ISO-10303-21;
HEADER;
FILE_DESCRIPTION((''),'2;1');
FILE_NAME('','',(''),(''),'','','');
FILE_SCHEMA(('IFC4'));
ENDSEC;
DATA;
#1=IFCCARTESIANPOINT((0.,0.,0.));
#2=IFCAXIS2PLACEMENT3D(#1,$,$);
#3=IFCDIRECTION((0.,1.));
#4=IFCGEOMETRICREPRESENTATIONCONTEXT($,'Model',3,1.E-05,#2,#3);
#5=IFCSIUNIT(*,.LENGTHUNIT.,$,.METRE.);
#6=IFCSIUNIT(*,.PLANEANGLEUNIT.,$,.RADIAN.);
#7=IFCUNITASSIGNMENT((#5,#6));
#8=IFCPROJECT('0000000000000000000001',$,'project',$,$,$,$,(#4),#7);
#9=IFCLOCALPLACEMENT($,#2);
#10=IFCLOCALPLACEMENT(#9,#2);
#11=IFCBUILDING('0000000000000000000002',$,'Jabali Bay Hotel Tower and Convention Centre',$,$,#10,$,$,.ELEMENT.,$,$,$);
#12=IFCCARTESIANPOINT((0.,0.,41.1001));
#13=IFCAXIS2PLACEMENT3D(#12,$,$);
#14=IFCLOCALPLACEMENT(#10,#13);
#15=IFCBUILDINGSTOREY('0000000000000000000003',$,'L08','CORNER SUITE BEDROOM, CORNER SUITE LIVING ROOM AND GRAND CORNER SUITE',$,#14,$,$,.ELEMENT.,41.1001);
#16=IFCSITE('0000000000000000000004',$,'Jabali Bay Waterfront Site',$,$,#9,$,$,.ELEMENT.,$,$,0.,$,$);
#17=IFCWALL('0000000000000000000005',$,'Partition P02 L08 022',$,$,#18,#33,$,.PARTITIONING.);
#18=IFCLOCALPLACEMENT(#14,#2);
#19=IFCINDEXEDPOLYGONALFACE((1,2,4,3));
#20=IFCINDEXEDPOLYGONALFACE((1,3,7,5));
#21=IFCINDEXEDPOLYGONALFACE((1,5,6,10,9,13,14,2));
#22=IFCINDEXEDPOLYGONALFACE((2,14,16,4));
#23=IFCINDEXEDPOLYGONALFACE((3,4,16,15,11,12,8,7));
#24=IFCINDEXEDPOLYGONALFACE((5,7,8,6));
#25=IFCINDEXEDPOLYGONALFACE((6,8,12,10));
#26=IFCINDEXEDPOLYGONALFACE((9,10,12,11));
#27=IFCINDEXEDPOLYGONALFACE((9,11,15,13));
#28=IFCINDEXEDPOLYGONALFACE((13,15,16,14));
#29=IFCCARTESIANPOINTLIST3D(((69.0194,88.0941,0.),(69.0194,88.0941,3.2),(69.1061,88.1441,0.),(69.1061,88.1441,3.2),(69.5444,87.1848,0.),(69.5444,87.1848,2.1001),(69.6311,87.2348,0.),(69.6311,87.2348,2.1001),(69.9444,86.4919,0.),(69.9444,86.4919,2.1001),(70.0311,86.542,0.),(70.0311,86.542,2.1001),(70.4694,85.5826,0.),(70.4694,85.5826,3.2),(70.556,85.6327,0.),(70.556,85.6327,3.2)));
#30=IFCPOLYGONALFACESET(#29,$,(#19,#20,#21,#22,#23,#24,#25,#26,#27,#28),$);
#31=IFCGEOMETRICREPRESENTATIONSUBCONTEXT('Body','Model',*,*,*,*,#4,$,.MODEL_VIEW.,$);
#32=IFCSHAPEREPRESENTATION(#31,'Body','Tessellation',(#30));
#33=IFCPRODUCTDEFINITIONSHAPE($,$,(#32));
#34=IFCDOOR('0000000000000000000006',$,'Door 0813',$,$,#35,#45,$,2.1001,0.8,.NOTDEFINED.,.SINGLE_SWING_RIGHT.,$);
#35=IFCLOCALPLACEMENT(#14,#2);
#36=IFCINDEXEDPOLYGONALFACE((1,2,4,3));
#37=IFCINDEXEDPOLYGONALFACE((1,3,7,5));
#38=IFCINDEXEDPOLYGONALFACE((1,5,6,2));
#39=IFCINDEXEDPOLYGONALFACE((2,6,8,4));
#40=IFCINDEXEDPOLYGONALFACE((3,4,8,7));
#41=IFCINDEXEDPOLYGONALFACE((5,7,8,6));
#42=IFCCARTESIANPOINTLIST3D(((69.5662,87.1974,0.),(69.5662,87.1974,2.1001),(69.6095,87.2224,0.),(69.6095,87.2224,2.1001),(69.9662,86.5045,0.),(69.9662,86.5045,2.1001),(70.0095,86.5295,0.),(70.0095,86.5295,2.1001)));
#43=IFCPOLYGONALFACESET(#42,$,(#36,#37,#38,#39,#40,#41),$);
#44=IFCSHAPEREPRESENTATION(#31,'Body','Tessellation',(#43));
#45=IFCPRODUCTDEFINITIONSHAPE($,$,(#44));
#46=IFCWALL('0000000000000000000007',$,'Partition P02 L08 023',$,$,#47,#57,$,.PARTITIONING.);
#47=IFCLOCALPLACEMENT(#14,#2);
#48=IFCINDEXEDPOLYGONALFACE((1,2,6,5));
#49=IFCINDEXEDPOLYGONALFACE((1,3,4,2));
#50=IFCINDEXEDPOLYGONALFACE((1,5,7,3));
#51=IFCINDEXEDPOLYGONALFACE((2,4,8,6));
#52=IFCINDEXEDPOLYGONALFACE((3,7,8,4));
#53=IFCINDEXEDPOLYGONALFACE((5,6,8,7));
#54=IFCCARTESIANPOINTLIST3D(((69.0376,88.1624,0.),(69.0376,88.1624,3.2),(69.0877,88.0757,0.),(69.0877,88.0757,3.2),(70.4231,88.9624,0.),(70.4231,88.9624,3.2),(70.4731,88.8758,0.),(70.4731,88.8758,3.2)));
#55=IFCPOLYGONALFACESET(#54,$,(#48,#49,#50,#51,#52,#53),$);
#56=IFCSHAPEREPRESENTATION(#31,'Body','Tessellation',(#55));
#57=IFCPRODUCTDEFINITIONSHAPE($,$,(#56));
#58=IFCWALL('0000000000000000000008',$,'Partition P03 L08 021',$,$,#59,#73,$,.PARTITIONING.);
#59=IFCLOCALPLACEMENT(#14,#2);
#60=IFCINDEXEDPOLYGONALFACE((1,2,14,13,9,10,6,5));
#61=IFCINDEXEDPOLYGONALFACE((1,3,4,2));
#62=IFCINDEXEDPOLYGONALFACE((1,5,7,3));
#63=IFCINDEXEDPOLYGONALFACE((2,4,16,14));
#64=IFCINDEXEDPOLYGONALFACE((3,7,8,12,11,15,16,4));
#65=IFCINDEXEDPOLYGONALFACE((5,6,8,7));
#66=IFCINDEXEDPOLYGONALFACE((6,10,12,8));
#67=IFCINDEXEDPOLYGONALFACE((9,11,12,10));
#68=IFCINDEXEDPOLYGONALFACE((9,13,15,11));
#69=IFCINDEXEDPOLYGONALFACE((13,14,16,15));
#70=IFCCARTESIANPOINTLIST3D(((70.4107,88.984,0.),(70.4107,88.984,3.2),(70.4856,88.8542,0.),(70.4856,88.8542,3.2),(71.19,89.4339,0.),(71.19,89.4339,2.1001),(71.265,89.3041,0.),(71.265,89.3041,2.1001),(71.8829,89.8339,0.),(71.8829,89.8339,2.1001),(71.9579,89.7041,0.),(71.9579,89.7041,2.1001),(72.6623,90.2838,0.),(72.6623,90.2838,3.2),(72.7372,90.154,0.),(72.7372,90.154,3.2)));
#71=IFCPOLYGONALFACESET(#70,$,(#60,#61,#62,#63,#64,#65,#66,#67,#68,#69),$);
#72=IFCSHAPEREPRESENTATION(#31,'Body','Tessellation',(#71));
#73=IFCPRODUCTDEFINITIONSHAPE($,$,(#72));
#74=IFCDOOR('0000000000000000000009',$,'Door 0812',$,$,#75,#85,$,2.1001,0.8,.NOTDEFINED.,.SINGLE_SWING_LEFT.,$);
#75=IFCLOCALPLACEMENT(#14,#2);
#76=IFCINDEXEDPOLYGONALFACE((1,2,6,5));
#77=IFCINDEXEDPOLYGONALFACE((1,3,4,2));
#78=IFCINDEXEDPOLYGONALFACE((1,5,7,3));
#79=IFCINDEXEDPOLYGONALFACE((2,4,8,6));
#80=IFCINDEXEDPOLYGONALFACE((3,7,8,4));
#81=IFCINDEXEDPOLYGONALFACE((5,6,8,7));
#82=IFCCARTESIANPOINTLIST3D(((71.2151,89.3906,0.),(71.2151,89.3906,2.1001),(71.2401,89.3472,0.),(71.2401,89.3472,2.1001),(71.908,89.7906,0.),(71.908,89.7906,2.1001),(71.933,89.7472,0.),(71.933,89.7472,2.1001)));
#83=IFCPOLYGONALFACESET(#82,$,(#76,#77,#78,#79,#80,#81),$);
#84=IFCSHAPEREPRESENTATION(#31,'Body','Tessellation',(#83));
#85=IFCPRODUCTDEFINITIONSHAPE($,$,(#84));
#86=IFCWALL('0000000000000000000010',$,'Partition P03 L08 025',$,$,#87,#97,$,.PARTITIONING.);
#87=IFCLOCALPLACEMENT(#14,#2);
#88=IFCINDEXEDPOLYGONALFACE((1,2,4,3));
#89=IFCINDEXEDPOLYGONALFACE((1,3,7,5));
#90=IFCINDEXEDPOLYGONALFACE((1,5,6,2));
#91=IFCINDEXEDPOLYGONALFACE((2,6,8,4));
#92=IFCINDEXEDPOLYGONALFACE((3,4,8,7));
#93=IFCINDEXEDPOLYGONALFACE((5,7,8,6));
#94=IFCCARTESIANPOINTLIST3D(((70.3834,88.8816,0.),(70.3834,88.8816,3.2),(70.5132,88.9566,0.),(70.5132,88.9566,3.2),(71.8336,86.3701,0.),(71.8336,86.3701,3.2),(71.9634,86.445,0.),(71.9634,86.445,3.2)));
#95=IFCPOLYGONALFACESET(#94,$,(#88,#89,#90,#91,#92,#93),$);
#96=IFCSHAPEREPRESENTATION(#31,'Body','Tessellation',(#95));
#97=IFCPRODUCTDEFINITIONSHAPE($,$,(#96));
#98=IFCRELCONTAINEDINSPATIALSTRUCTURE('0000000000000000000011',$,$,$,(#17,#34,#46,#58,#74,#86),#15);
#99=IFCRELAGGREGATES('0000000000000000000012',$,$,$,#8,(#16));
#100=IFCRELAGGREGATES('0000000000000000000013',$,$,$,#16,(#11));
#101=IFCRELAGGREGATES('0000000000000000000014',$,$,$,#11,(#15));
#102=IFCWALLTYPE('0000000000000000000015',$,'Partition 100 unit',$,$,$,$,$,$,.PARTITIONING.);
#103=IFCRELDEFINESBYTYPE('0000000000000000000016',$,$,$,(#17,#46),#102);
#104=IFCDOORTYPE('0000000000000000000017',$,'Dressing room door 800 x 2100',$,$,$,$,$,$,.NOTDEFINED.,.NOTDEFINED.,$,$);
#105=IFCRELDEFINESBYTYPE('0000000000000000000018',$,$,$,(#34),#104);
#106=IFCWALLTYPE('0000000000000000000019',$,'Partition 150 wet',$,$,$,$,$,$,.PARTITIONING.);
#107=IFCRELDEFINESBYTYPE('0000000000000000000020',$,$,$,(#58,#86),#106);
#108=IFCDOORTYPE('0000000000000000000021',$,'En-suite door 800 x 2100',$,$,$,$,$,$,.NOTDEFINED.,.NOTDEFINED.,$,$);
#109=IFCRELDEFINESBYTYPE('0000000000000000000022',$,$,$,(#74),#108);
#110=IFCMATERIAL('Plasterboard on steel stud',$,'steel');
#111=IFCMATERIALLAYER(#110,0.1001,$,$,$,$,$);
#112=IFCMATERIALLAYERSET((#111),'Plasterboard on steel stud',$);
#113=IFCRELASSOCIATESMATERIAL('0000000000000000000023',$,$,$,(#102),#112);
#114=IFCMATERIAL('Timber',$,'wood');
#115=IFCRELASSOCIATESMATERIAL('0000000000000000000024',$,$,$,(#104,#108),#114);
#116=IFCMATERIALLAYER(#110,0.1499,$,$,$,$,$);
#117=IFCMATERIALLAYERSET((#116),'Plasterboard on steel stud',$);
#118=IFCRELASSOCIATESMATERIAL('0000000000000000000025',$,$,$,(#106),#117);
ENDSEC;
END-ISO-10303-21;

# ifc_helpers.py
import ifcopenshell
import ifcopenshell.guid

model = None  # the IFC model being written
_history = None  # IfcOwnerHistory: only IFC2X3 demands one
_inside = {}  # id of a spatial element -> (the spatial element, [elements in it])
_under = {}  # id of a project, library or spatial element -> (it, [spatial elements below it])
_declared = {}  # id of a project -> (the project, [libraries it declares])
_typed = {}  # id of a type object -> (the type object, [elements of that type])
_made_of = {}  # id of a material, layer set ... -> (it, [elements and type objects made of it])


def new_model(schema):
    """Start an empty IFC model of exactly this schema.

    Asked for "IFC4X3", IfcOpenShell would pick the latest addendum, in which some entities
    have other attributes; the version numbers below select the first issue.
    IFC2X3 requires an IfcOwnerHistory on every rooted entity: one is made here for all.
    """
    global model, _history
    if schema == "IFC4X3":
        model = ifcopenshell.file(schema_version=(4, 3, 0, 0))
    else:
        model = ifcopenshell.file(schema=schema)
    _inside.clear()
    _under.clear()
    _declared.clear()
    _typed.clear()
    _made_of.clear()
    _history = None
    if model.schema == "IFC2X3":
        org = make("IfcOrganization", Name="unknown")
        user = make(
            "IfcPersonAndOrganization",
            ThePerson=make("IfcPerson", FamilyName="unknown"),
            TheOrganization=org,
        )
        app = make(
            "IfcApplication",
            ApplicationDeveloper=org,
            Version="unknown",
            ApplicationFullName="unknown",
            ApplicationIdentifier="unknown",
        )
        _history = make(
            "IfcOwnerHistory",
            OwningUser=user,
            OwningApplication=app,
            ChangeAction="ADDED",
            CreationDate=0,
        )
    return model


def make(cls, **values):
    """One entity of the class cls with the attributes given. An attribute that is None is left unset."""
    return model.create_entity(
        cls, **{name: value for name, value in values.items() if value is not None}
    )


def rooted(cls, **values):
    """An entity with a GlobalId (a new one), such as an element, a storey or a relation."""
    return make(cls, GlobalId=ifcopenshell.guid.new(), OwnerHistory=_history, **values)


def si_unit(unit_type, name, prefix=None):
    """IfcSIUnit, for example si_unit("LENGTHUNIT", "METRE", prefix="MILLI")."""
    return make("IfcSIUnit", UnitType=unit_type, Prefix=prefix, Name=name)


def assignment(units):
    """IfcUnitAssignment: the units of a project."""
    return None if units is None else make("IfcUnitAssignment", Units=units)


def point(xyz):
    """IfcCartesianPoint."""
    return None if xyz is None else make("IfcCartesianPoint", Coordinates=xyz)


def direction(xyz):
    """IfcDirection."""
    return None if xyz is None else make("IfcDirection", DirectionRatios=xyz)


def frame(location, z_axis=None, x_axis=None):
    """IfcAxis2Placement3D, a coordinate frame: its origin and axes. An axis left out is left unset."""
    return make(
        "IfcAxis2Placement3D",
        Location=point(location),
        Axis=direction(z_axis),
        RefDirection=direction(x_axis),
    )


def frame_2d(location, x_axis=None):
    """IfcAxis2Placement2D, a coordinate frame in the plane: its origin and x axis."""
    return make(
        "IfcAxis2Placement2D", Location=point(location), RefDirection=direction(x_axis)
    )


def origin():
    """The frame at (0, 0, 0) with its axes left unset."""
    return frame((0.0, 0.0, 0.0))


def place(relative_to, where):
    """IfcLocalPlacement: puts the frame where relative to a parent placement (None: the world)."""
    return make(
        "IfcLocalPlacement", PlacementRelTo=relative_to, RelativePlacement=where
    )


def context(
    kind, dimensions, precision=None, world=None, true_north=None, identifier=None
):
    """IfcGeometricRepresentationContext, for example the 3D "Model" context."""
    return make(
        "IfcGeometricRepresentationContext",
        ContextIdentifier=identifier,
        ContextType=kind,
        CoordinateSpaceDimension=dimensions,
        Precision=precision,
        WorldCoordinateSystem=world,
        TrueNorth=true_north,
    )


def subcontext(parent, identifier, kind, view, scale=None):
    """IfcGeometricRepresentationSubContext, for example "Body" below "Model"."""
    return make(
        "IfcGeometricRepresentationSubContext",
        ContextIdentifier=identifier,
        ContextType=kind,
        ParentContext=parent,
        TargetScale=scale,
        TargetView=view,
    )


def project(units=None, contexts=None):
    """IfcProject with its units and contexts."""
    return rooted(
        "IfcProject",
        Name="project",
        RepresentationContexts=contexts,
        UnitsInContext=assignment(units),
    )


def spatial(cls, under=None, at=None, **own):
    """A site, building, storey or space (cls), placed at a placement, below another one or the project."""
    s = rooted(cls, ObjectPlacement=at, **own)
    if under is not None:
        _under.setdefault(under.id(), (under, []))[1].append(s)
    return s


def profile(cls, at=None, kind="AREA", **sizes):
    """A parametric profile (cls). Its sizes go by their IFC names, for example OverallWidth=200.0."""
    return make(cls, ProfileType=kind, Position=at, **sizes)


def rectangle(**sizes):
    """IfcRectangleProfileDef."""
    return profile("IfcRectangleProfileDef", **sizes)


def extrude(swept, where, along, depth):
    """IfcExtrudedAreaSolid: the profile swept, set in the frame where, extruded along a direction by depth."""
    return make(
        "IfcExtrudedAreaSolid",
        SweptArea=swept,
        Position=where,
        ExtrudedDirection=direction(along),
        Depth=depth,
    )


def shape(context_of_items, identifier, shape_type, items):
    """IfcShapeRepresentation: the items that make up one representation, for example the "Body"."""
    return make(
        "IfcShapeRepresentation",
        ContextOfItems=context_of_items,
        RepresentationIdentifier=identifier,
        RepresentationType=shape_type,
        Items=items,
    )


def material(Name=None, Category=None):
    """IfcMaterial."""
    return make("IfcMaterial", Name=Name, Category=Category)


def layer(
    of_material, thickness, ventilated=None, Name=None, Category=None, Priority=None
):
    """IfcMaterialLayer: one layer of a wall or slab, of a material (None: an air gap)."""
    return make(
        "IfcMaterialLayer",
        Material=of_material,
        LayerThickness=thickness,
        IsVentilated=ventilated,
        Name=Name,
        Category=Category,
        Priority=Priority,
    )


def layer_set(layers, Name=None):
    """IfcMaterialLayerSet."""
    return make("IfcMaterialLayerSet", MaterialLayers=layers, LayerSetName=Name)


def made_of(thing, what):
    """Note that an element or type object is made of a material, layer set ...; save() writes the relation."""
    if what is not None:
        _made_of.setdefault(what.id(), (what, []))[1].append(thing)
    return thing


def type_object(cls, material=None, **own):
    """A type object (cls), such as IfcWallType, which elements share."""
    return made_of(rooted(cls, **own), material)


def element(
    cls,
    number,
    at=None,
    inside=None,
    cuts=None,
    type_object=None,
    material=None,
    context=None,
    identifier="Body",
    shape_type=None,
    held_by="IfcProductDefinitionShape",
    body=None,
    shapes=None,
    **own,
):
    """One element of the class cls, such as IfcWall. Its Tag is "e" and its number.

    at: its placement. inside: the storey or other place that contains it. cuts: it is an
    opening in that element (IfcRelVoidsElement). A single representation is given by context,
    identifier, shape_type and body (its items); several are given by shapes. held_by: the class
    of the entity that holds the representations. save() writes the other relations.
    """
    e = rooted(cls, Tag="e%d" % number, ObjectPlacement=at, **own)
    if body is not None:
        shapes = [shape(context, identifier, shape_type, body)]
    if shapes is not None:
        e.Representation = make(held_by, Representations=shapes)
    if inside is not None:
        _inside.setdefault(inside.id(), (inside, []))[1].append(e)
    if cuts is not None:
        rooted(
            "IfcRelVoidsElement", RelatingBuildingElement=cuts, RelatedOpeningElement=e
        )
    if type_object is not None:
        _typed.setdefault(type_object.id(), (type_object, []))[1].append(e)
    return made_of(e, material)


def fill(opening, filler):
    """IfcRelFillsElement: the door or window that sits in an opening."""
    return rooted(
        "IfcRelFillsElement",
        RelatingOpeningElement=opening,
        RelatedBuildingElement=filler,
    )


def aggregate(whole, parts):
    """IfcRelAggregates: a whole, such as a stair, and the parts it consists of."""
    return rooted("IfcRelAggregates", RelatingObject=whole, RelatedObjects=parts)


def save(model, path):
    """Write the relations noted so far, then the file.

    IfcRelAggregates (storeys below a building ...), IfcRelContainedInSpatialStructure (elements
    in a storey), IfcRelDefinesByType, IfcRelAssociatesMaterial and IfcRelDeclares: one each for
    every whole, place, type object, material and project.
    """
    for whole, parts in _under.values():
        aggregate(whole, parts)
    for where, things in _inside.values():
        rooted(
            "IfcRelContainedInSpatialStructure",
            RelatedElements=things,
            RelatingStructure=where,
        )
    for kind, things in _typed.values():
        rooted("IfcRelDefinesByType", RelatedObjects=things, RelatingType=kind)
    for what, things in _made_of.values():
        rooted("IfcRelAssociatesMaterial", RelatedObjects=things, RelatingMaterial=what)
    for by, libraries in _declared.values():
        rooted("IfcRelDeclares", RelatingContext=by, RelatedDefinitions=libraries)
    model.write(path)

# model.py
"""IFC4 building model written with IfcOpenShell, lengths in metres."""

from ifc_helpers import new_model, si_unit, direction, frame, frame_2d, origin, place, context, subcontext, project, spatial, rectangle, extrude, material, layer, layer_set, type_object, element, fill, save


model = new_model("IFC4")

# Units and contexts
model_context = context("Model", 3, precision=1e-05, world=origin(), true_north=direction((0.0, 1.0)))
body_context = subcontext(model_context, "Body", "Model", "MODEL_VIEW")
ifc_project = project(units=[si_unit("LENGTHUNIT", "METRE"), si_unit("PLANEANGLEUNIT", "RADIAN")], contexts=[model_context])

# Site, building, storey
site_placement = place(None, origin())
site = spatial("IfcSite", under=ifc_project, at=site_placement, Name="Jabali Bay Waterfront Site", CompositionType="ELEMENT", RefElevation=0.0)
building_placement = place(site_placement, origin())
building = spatial("IfcBuilding", under=site, at=building_placement, Name="Jabali Bay Hotel Tower and Convention Centre", CompositionType="ELEMENT")
storey_placement = place(building_placement, frame((0.0, 0.0, 41.1001)))
storey = spatial("IfcBuildingStorey", under=building, at=storey_placement, Name="L08", Description="CORNER SUITE BEDROOM, CORNER SUITE LIVING ROOM AND GRAND CORNER SUITE", CompositionType="ELEMENT", Elevation=41.1001)

# Shared definitions
ifc_material_1 = material(Name="Timber", Category="wood")

# Wall, opening, door
ifc_material_2 = material(Name="Plasterboard on steel stud", Category="steel")
ifc_layer_1 = layer(ifc_material_2, 0.1001)
ifc_layer_set_1 = layer_set([ifc_layer_1], Name="Plasterboard on steel stud")
wall_type_1 = type_object("IfcWallType", Name="Partition 100 unit", PredefinedType="PARTITIONING", material=ifc_layer_set_1)
wall_1_placement = place(storey_placement, frame((70.5127, 85.6077, 0.0), z_axis=(0.0, 0.0, 1.0), x_axis=(-0.499987, 0.866033, 0.0)))
wall_1 = element("IfcWall", 1, at=wall_1_placement, inside=storey, type_object=wall_type_1, Name="Partition P02 L08 022", PredefinedType="PARTITIONING", context=body_context, shape_type="SweptSolid", body=[
    extrude(rectangle(XDim=2.8999, YDim=0.1001, at=frame_2d((1.45, 0.0))), origin(), (0.0, 0.0, 1.0), 3.2),
])
opening_1_placement = place(wall_1_placement, frame((1.05, 0.0, 0.0)))
opening_1 = element("IfcOpeningElement", 2, at=opening_1_placement, cuts=wall_1, PredefinedType="OPENING", context=body_context, shape_type="SweptSolid", body=[
    extrude(rectangle(XDim=0.8, YDim=2.1001, at=frame_2d((0.3999, 1.05))), frame((0.0, 0.0605, 0.0), z_axis=(0.0, -1.0, 0.0), x_axis=(1.0, 0.0, 0.0)), (0.0, 0.0, 1.0), 0.1211),
])
door_type_1 = type_object("IfcDoorType", Name="Dressing room door 800 x 2100", OperationType="NOTDEFINED", PredefinedType="NOTDEFINED", material=ifc_material_1)
door_1_placement = place(opening_1_placement, origin())
door_1 = element("IfcDoor", 3, at=door_1_placement, inside=storey, type_object=door_type_1, Name="Door 0813", OperationType="SINGLE_SWING_RIGHT", OverallHeight=2.1001, OverallWidth=0.8, PredefinedType="NOTDEFINED", context=body_context, shape_type="SweptSolid", body=[
    extrude(rectangle(XDim=0.8, YDim=2.1001, at=frame_2d((0.3999, 1.05))), frame((0.0, 0.0249, 0.0), z_axis=(0.0, -1.0, 0.0), x_axis=(1.0, 0.0, 0.0)), (0.0, 0.0, 1.0), 0.05),
])
fill(opening_1, door_1)

# Wall
wall_2_placement = place(storey_placement, frame((69.0627, 88.1191, 0.0), z_axis=(0.0, 0.0, 1.0), x_axis=(0.86599, 0.500061, 0.0)))
element("IfcWall", 4, at=wall_2_placement, inside=storey, type_object=wall_type_1, Name="Partition P02 L08 023", PredefinedType="PARTITIONING", context=body_context, shape_type="SweptSolid", body=[
    extrude(rectangle(XDim=1.5999, YDim=0.1001, at=frame_2d((0.7998, 0.0))), origin(), (0.0, 0.0, 1.0), 3.2),
])

# Wall, opening, door
ifc_layer_2 = layer(ifc_material_2, 0.1499)
ifc_layer_set_2 = layer_set([ifc_layer_2], Name="Plasterboard on steel stud")
wall_type_2 = type_object("IfcWallType", Name="Partition 150 wet", PredefinedType="PARTITIONING", material=ifc_layer_set_2)
wall_3_placement = place(storey_placement, frame((70.4482, 88.9192, 0.0), z_axis=(0.0, 0.0, 1.0), x_axis=(0.866062, 0.499937, 0.0)))
wall_3 = element("IfcWall", 5, at=wall_3_placement, inside=storey, type_object=wall_type_2, Name="Partition P03 L08 021", PredefinedType="PARTITIONING", context=body_context, shape_type="SweptSolid", body=[
    extrude(rectangle(XDim=2.5999, YDim=0.1499, at=frame_2d((1.2998, 0.0))), origin(), (0.0, 0.0, 1.0), 3.2),
])
opening_2_placement = place(wall_3_placement, frame((0.8999, 0.0, 0.0)))
opening_2 = element("IfcOpeningElement", 6, at=opening_2_placement, cuts=wall_3, PredefinedType="OPENING", context=body_context, shape_type="SweptSolid", body=[
    extrude(rectangle(XDim=0.8, YDim=2.1001, at=frame_2d((0.3999, 1.05))), frame((0.0, 0.0854, 0.0), z_axis=(0.0, -1.0, 0.0), x_axis=(1.0, 0.0, 0.0)), (0.0, 0.0, 1.0), 0.1709),
])
door_type_2 = type_object("IfcDoorType", Name="En-suite door 800 x 2100", OperationType="NOTDEFINED", PredefinedType="NOTDEFINED", material=ifc_material_1)
door_2_placement = place(opening_2_placement, origin())
door_2 = element("IfcDoor", 7, at=door_2_placement, inside=storey, type_object=door_type_2, Name="Door 0812", OperationType="SINGLE_SWING_LEFT", OverallHeight=2.1001, OverallWidth=0.8, PredefinedType="NOTDEFINED", context=body_context, shape_type="SweptSolid", body=[
    extrude(rectangle(XDim=0.8, YDim=2.1001, at=frame_2d((0.3999, 1.05))), frame((0.0, 0.0249, 0.0), z_axis=(0.0, -1.0, 0.0), x_axis=(1.0, 0.0, 0.0)), (0.0, 0.0, 1.0), 0.05),
])
fill(opening_2, door_2)

# Wall
wall_4_placement = place(storey_placement, frame((70.4482, 88.9192, 0.0), z_axis=(0.0, 0.0, 1.0), x_axis=(0.50005, -0.865996, 0.0)))
element("IfcWall", 8, at=wall_4_placement, inside=storey, type_object=wall_type_2, Name="Partition P03 L08 025", PredefinedType="PARTITIONING", context=body_context, shape_type="SweptSolid", body=[
    extrude(rectangle(XDim=2.9001, YDim=0.1499, at=frame_2d((1.4502, 0.0))), origin(), (0.0, 0.0, 1.0), 3.2),
])

save(model, "model.ifc")
